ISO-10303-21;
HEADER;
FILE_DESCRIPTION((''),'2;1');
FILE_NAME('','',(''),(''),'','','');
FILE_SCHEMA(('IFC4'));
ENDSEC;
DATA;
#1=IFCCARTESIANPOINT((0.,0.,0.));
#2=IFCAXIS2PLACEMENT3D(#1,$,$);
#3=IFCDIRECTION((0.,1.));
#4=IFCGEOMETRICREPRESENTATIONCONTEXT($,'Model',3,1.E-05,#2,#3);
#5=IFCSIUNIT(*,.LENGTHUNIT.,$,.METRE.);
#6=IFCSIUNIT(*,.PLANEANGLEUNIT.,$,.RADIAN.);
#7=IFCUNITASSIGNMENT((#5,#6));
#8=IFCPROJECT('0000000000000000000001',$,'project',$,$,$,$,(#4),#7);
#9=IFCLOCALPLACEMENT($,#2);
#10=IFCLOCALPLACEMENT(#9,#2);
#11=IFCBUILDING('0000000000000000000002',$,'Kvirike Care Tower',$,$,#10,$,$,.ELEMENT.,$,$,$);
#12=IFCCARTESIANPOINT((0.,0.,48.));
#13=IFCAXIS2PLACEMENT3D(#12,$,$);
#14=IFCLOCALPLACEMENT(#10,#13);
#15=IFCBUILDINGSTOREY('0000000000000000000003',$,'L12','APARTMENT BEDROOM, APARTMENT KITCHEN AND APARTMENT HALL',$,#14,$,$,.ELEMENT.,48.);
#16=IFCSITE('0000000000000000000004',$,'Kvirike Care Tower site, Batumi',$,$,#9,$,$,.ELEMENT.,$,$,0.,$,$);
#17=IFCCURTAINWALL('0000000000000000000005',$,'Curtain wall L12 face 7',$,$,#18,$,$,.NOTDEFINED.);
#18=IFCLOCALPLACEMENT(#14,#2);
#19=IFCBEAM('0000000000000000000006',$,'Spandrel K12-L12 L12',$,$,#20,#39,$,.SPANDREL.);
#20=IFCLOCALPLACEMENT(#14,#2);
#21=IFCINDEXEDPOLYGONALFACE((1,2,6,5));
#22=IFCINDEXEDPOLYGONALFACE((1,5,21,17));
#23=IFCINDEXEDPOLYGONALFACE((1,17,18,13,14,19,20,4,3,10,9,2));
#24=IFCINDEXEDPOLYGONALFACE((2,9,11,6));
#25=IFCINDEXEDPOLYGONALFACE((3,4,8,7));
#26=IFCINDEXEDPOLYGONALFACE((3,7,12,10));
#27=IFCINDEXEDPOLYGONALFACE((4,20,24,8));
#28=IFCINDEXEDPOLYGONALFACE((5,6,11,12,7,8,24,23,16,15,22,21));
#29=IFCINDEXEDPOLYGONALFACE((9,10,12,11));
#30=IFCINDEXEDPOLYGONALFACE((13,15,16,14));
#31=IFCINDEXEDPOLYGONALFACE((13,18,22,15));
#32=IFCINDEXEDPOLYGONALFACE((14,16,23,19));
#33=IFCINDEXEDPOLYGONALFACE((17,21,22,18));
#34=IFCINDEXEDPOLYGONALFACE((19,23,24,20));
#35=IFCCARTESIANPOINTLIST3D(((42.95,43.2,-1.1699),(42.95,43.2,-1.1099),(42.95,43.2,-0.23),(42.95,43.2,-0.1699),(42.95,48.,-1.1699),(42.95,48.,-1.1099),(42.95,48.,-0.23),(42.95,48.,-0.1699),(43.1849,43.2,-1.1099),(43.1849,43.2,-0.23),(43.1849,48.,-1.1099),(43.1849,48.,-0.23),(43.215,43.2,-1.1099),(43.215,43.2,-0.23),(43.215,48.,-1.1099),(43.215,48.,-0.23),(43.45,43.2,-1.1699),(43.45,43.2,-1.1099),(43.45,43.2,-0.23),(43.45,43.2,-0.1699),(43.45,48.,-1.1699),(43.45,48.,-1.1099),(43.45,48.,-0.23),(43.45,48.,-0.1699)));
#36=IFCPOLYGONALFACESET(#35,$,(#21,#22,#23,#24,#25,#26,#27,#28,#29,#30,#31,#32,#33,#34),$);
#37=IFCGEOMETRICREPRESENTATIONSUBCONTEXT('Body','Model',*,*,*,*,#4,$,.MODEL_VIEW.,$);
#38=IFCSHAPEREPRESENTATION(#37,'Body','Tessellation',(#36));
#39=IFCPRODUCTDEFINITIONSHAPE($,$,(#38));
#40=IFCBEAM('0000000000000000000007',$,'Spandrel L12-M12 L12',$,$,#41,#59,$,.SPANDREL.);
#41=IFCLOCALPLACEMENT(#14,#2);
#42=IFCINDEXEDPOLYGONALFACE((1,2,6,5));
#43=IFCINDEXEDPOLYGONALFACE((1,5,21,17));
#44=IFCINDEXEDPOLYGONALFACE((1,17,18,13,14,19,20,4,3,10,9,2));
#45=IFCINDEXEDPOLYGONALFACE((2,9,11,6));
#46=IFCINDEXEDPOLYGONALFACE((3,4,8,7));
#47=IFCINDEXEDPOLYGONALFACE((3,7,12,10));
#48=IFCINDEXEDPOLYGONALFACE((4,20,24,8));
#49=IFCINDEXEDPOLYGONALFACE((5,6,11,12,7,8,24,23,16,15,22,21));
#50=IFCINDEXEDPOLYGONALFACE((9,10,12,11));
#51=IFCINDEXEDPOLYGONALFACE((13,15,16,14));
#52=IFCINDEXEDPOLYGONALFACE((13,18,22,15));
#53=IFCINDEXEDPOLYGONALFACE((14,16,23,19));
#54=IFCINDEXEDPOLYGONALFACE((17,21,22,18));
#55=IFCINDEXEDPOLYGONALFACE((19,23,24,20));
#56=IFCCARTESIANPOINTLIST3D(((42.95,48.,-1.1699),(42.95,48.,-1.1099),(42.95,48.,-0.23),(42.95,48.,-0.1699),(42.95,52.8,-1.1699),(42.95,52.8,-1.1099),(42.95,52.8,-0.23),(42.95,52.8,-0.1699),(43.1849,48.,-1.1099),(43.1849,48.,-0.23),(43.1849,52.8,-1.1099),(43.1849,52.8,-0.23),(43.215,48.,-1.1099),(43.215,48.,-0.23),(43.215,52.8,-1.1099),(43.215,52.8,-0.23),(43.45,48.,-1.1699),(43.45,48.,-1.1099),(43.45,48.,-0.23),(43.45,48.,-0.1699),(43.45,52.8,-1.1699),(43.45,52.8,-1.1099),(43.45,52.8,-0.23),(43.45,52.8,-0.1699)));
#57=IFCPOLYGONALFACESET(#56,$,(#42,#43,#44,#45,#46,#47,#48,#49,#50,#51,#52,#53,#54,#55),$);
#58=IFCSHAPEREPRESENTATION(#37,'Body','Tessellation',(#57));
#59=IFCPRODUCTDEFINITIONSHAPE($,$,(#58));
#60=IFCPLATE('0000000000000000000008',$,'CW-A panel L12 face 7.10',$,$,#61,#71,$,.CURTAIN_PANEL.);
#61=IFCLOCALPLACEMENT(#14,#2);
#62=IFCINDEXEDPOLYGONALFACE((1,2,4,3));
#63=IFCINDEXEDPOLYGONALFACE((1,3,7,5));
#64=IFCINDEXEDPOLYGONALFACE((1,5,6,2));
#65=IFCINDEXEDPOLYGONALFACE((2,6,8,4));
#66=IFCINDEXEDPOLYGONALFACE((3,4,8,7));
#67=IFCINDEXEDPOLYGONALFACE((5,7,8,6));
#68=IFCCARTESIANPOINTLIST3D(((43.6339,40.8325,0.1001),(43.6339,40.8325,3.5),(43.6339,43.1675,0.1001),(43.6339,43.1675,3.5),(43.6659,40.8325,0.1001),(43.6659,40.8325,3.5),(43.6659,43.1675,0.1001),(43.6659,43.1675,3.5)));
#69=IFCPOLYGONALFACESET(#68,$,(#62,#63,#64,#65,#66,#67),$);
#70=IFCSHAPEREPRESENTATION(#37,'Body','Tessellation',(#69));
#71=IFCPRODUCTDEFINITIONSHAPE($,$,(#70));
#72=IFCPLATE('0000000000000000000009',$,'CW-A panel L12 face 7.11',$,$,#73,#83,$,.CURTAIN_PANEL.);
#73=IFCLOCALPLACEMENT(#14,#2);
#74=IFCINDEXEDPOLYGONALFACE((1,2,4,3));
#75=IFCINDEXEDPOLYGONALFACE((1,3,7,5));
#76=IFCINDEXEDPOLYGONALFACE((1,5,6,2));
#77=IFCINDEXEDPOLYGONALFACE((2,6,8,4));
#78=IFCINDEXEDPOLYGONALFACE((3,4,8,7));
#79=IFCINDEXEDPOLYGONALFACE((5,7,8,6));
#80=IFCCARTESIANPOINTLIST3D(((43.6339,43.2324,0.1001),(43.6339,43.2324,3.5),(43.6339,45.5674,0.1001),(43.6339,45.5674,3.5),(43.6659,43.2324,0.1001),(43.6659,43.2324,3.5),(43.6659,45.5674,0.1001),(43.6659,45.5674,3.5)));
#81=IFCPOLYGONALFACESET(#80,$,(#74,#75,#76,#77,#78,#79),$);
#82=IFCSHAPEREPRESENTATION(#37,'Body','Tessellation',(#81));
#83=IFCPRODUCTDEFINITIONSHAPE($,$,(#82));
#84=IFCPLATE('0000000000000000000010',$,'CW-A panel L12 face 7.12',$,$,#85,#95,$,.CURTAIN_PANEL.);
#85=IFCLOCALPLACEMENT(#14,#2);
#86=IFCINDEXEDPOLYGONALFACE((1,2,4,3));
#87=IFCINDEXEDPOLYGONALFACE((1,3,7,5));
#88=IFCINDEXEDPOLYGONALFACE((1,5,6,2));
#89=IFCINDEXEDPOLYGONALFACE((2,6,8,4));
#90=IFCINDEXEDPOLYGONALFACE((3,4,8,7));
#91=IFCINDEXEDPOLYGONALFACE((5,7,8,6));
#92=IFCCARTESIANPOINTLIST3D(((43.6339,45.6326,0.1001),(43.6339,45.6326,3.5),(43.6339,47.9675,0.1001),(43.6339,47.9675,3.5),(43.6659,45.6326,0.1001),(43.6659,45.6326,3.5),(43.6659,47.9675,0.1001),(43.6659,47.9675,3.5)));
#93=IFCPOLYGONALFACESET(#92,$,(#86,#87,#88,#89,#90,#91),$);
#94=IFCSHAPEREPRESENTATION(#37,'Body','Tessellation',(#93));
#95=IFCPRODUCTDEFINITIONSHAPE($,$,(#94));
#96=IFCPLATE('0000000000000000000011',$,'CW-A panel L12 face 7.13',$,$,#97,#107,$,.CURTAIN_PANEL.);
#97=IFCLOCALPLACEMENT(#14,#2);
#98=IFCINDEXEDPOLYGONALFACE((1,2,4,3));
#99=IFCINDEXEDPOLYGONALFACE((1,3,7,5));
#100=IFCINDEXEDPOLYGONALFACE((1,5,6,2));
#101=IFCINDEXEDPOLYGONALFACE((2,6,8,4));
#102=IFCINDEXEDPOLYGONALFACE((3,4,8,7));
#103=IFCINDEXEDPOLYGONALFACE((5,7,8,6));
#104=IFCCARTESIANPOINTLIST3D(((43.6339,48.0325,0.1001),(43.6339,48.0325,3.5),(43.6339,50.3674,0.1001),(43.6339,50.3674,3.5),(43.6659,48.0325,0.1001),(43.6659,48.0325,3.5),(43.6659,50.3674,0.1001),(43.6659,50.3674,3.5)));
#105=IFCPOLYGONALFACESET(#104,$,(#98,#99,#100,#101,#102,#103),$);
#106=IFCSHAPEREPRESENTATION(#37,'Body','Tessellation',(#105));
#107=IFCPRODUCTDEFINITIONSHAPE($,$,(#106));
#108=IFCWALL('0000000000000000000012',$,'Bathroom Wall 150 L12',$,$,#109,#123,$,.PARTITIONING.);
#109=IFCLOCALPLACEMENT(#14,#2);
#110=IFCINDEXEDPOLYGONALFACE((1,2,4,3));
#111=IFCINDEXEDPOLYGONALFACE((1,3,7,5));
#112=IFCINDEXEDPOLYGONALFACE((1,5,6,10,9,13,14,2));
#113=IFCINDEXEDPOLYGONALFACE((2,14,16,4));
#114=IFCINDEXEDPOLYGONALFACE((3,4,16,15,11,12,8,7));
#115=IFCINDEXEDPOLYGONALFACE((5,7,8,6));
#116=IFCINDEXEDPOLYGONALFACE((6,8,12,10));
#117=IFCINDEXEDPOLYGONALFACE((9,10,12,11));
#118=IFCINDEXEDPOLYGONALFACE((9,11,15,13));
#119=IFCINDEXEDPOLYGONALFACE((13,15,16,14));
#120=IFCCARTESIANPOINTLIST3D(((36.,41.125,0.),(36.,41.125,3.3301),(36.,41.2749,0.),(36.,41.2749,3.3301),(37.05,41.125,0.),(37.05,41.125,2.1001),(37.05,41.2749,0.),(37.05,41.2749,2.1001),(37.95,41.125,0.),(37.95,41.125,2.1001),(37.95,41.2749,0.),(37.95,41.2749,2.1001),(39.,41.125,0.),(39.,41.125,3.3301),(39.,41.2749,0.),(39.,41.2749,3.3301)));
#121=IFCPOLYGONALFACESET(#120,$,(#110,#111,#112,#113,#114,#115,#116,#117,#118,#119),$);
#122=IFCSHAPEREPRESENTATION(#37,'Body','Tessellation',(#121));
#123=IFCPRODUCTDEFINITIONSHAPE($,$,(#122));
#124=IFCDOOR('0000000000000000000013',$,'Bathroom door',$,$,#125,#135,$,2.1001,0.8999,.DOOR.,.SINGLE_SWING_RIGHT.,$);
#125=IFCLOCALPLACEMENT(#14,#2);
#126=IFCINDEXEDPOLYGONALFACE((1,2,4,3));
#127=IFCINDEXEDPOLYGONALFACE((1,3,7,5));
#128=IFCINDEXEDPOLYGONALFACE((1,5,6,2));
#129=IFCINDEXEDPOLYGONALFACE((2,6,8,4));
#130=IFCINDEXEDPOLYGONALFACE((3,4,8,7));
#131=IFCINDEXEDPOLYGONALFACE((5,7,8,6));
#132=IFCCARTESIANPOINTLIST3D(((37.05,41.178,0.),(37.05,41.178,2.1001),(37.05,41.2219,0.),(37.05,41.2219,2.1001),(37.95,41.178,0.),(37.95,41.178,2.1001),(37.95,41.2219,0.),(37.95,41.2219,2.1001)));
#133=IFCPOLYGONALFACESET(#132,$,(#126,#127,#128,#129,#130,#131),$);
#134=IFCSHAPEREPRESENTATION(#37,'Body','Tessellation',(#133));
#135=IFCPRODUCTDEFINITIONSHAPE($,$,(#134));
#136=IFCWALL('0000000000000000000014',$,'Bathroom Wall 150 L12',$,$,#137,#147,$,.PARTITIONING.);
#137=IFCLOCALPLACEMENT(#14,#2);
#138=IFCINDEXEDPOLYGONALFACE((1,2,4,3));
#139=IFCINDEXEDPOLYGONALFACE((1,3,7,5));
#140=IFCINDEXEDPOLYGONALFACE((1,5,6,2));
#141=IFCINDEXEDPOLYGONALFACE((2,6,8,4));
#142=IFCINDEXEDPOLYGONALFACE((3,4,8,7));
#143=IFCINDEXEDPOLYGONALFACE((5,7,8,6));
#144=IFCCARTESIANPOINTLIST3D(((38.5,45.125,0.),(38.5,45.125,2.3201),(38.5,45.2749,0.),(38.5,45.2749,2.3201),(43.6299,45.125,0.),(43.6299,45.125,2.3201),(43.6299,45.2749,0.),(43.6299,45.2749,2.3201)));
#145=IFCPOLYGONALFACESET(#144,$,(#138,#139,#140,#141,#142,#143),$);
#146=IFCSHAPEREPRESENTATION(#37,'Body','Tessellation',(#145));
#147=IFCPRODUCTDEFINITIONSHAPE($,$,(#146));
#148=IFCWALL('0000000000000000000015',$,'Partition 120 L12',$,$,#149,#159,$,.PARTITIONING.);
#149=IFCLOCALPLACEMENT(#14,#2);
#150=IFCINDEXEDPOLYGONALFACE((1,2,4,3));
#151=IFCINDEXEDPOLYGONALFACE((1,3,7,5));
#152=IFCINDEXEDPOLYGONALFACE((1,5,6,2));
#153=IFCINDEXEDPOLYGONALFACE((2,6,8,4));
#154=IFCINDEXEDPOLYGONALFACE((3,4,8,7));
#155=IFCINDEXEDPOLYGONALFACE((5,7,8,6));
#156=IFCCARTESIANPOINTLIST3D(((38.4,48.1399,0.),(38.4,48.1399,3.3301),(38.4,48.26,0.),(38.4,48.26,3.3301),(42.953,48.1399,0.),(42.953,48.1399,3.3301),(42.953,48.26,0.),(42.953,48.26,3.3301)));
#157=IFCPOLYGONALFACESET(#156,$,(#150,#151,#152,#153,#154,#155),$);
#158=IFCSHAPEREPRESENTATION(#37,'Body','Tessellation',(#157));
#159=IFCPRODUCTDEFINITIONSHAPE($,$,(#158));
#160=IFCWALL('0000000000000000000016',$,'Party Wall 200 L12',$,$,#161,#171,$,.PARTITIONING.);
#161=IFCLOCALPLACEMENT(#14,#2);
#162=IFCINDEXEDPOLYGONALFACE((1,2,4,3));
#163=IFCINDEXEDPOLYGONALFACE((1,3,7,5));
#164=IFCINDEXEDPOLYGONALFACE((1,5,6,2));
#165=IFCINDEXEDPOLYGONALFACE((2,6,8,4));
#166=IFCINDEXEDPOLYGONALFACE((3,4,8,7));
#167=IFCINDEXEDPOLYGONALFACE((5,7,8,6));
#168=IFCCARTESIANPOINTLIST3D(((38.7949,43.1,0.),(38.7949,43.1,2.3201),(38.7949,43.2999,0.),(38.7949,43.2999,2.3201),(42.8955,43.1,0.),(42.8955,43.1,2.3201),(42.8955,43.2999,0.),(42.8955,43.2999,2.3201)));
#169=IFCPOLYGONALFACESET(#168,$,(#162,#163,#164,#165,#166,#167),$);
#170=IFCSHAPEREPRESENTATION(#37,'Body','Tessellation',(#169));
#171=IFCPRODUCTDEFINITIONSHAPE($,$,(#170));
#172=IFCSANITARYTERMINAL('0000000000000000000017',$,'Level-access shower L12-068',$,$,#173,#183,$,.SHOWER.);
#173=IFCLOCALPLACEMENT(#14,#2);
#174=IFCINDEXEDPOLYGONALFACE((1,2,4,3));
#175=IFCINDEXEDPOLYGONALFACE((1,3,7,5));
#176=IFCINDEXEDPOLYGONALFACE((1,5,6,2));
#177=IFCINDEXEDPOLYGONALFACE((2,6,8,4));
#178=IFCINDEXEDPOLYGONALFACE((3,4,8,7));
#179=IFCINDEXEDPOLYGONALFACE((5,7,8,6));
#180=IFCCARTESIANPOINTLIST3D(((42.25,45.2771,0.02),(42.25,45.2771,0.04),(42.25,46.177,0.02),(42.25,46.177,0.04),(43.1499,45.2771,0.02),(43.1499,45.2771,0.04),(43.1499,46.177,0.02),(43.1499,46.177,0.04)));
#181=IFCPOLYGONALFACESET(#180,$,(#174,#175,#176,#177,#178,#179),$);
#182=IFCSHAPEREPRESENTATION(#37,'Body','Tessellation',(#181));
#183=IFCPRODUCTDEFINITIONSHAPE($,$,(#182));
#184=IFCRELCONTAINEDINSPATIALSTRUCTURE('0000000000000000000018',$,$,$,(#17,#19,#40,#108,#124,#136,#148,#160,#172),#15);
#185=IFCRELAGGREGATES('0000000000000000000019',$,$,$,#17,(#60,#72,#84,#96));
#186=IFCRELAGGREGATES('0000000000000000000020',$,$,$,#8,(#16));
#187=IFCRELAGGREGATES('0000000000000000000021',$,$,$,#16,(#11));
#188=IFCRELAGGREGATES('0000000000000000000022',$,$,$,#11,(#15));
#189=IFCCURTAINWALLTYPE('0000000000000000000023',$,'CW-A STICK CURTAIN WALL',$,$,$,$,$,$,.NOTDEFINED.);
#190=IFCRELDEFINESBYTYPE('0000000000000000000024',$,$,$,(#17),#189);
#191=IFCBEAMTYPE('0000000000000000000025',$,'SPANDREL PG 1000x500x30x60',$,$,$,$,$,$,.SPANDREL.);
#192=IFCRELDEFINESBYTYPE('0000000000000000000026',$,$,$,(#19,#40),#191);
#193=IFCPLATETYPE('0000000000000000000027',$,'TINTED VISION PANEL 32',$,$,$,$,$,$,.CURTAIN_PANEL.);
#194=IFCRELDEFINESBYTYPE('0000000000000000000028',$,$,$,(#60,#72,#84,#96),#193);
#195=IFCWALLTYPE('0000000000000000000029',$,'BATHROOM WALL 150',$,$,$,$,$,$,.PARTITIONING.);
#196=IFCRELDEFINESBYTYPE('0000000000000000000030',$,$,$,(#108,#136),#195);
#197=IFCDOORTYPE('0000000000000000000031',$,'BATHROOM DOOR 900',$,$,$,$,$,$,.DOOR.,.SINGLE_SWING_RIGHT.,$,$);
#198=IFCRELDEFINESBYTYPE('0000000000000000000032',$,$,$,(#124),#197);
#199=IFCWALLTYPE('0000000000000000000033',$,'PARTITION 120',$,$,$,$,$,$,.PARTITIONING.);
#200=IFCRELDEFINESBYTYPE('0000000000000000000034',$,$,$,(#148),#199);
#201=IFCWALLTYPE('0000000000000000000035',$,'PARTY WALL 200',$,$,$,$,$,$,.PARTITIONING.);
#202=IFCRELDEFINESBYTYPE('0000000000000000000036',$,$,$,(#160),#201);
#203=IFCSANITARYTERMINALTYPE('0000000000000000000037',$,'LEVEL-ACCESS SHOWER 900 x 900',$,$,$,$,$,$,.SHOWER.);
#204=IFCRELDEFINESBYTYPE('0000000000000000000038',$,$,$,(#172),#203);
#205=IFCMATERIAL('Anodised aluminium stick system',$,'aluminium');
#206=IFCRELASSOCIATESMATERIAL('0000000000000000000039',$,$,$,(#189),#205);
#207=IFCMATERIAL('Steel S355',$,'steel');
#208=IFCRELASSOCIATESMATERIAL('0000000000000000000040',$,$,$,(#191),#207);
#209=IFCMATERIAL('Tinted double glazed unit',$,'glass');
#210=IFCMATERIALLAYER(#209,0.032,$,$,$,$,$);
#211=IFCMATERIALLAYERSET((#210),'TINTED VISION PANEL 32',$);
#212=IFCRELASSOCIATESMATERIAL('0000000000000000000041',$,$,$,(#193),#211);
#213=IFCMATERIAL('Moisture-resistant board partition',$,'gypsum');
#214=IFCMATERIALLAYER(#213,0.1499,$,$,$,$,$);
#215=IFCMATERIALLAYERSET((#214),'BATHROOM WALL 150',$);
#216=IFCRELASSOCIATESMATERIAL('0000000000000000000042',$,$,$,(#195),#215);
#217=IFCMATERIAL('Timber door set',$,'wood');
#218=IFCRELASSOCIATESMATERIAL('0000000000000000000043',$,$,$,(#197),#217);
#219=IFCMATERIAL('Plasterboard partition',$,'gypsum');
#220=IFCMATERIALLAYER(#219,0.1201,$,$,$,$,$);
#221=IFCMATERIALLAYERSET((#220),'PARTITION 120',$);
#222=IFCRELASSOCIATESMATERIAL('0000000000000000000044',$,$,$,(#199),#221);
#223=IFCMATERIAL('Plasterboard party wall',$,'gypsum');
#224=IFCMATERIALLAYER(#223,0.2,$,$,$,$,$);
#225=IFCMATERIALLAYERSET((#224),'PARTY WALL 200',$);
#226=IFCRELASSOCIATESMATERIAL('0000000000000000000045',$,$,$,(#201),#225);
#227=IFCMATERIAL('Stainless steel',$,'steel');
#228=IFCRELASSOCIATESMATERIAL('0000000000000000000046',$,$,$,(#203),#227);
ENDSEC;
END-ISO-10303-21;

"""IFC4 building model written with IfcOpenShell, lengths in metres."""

from ifc_helpers import new_model, si_unit, direction, frame, frame_2d, origin, origin_2d, place, context, subcontext, project, spatial, rectangle, i_section, extrude, material, layer, layer_set, material_profile, profile_set, type_object, element, fill, aggregate, save


model = new_model("IFC4")

# Units and contexts
model_context = context("Model", 3, precision=1e-05, world=origin(), true_north=direction((0.0, 1.0)))
body_context = subcontext(model_context, "Body", "Model", "MODEL_VIEW")
ifc_project = project(units=[si_unit("LENGTHUNIT", "METRE"), si_unit("PLANEANGLEUNIT", "RADIAN")], contexts=[model_context])

# Site, building, storey
site_placement = place(None, origin())
site = spatial("IfcSite", under=ifc_project, at=site_placement, Name="Kvirike Care Tower site, Batumi", CompositionType="ELEMENT", RefElevation=0.0)
building_placement = place(site_placement, origin())
building = spatial("IfcBuilding", under=site, at=building_placement, Name="Kvirike Care Tower", CompositionType="ELEMENT")
storey_placement = place(building_placement, frame((0.0, 0.0, 48.0)))
storey = spatial("IfcBuildingStorey", under=building, at=storey_placement, Name="L12", Description="APARTMENT BEDROOM, APARTMENT KITCHEN AND APARTMENT HALL", CompositionType="ELEMENT", Elevation=48.0)

# Curtain wall
ifc_material_1 = material(Name="Anodised aluminium stick system", Category="aluminium")
curtain_wall_type = type_object("IfcCurtainWallType", Name="CW-A STICK CURTAIN WALL", PredefinedType="NOTDEFINED", material=ifc_material_1)
curtain_wall_placement = place(storey_placement, origin())
curtain_wall = element("IfcCurtainWall", 1, at=curtain_wall_placement, inside=storey, type_object=curtain_wall_type, Name="Curtain wall L12 face 7", PredefinedType="NOTDEFINED")

# Beams
ifc_material_2 = material(Name="Steel S355", Category="steel")
ifc_material_profile_1 = material_profile(ifc_material_2, i_section(OverallWidth=0.5, OverallDepth=1.0, WebThickness=0.03, FlangeThickness=0.0601, at=origin_2d()), Name="PG 1000x500x30x60")
ifc_profile_set_1 = profile_set([ifc_material_profile_1], Name="Steel S355")
beam_type = type_object("IfcBeamType", Name="SPANDREL PG 1000x500x30x60", PredefinedType="SPANDREL", material=ifc_profile_set_1)
for number, where, z_axis, x_axis, name in (
    (2, (43.2, 43.2, -0.6699), (0.0, 1.0, 0.0), (-1.0, 0.0, 0.0), "Spandrel K12-L12 L12"),
    (3, (43.2, 48.0, -0.6699), (0.0, 1.0, 0.0), (-1.0, 0.0, 0.0), "Spandrel L12-M12 L12"),
):
    element("IfcBeam", number, at=place(storey_placement, frame(where, z_axis=z_axis, x_axis=x_axis)), inside=storey, type_object=beam_type, Name=name, PredefinedType="SPANDREL", context=body_context, shape_type="SweptSolid", body=[
        extrude(i_section(OverallWidth=0.5, OverallDepth=1.0, WebThickness=0.03, FlangeThickness=0.0601, at=origin_2d()), origin(), (0.0, 0.0, 1.0), 4.8),
    ])

# Plates
ifc_material_3 = material(Name="Tinted double glazed unit", Category="glass")
ifc_layer_1 = layer(ifc_material_3, 0.032)
ifc_layer_set_1 = layer_set([ifc_layer_1], Name="TINTED VISION PANEL 32")
plate_type = type_object("IfcPlateType", Name="TINTED VISION PANEL 32", PredefinedType="CURTAIN_PANEL", material=ifc_layer_set_1)
plate_1_placement = place(storey_placement, frame((43.6499, 42.0, 0.1001), z_axis=(0.0, 0.0, 1.0), x_axis=(0.0, 1.0, 0.0)))
plate_1 = element("IfcPlate", 4, at=plate_1_placement, type_object=plate_type, Name="CW-A panel L12 face 7.10", PredefinedType="CURTAIN_PANEL", context=body_context, shape_type="SweptSolid", body=[
    extrude(rectangle(XDim=2.335, YDim=0.032, at=origin_2d()), origin(), (0.0, 0.0, 1.0), 3.3999),
])
plate_2_placement = place(storey_placement, frame((43.6499, 44.3999, 0.1001), z_axis=(0.0, 0.0, 1.0), x_axis=(0.0, 1.0, 0.0)))
plate_2 = element("IfcPlate", 5, at=plate_2_placement, type_object=plate_type, Name="CW-A panel L12 face 7.11", PredefinedType="CURTAIN_PANEL", context=body_context, shape_type="SweptSolid", body=[
    extrude(rectangle(XDim=2.335, YDim=0.032, at=origin_2d()), origin(), (0.0, 0.0, 1.0), 3.3999),
])
plate_3_placement = place(storey_placement, frame((43.6499, 46.8, 0.1001), z_axis=(0.0, 0.0, 1.0), x_axis=(0.0, 1.0, 0.0)))
plate_3 = element("IfcPlate", 6, at=plate_3_placement, type_object=plate_type, Name="CW-A panel L12 face 7.12", PredefinedType="CURTAIN_PANEL", context=body_context, shape_type="SweptSolid", body=[
    extrude(rectangle(XDim=2.335, YDim=0.032, at=origin_2d()), origin(), (0.0, 0.0, 1.0), 3.3999),
])
plate_4_placement = place(storey_placement, frame((43.6499, 49.2, 0.1001), z_axis=(0.0, 0.0, 1.0), x_axis=(0.0, 1.0, 0.0)))
plate_4 = element("IfcPlate", 7, at=plate_4_placement, type_object=plate_type, Name="CW-A panel L12 face 7.13", PredefinedType="CURTAIN_PANEL", context=body_context, shape_type="SweptSolid", body=[
    extrude(rectangle(XDim=2.335, YDim=0.032, at=origin_2d()), origin(), (0.0, 0.0, 1.0), 3.3999),
])
aggregate(curtain_wall, [plate_1, plate_2, plate_3, plate_4])

# Wall, opening, door
ifc_material_4 = material(Name="Moisture-resistant board partition", Category="gypsum")
ifc_layer_2 = layer(ifc_material_4, 0.1499)
ifc_layer_set_2 = layer_set([ifc_layer_2], Name="BATHROOM WALL 150")
wall_type_1 = type_object("IfcWallType", Name="BATHROOM WALL 150", PredefinedType="PARTITIONING", material=ifc_layer_set_2)
wall_1_placement = place(storey_placement, frame((39.0, 41.2, 0.0), z_axis=(0.0, 0.0, 1.0), x_axis=(-1.0, 0.0, 0.0)))
wall_1 = element("IfcWall", 8, at=wall_1_placement, inside=storey, type_object=wall_type_1, Name="Bathroom Wall 150 L12", PredefinedType="PARTITIONING", context=body_context, shape_type="SweptSolid", body=[
    extrude(rectangle(XDim=3.0, YDim=0.1499, at=frame_2d((1.5, 0.0))), origin(), (0.0, 0.0, 1.0), 3.3301),
])
opening_placement = place(wall_1_placement, frame((1.05, 0.0, 0.0)))
opening = element("IfcOpeningElement", 9, at=opening_placement, cuts=wall_1, PredefinedType="OPENING", context=body_context, shape_type="SweptSolid", body=[
    extrude(rectangle(XDim=0.8999, YDim=2.1001, at=frame_2d((0.45, 1.05))), frame((0.0, 0.0854, 0.0), z_axis=(0.0, -1.0, 0.0), x_axis=(1.0, 0.0, 0.0)), (0.0, 0.0, 1.0), 0.1709),
])
ifc_material_5 = material(Name="Timber door set", Category="wood")
door_type = type_object("IfcDoorType", Name="BATHROOM DOOR 900", OperationType="SINGLE_SWING_RIGHT", PredefinedType="DOOR", material=ifc_material_5)
door_placement = place(opening_placement, origin())
door = element("IfcDoor", 10, at=door_placement, inside=storey, type_object=door_type, Name="Bathroom door", OperationType="SINGLE_SWING_RIGHT", OverallHeight=2.1001, OverallWidth=0.8999, PredefinedType="DOOR", context=body_context, shape_type="SweptSolid", body=[
    extrude(rectangle(XDim=0.8999, YDim=2.1001, at=frame_2d((0.45, 1.05))), frame((0.0, 0.022, 0.0), z_axis=(0.0, -1.0, 0.0), x_axis=(1.0, 0.0, 0.0)), (0.0, 0.0, 1.0), 0.0439),
])
fill(opening, door)

# Walls
wall_2_placement = place(storey_placement, frame((43.6299, 45.2, 0.0), z_axis=(0.0, 0.0, 1.0), x_axis=(-1.0, 0.0, 0.0)))
element("IfcWall", 11, at=wall_2_placement, inside=storey, type_object=wall_type_1, Name="Bathroom Wall 150 L12", PredefinedType="PARTITIONING", context=body_context, shape_type="SweptSolid", body=[
    extrude(rectangle(XDim=5.1299, YDim=0.1499, at=frame_2d((2.5649, 0.0))), origin(), (0.0, 0.0, 1.0), 2.3201),
])
ifc_material_6 = material(Name="Plasterboard partition", Category="gypsum")
ifc_layer_3 = layer(ifc_material_6, 0.1201)
ifc_layer_set_3 = layer_set([ifc_layer_3], Name="PARTITION 120")
wall_type_2 = type_object("IfcWallType", Name="PARTITION 120", PredefinedType="PARTITIONING", material=ifc_layer_set_3)
wall_3_placement = place(storey_placement, frame((42.9529, 48.2, 0.0), z_axis=(0.0, 0.0, 1.0), x_axis=(-1.0, 0.0, 0.0)))
element("IfcWall", 12, at=wall_3_placement, inside=storey, type_object=wall_type_2, Name="Partition 120 L12", PredefinedType="PARTITIONING", context=body_context, shape_type="SweptSolid", body=[
    extrude(rectangle(XDim=4.553, YDim=0.1201, at=frame_2d((2.2764, 0.0))), origin(), (0.0, 0.0, 1.0), 3.3301),
])
ifc_material_7 = material(Name="Plasterboard party wall", Category="gypsum")
ifc_layer_4 = layer(ifc_material_7, 0.2)
ifc_layer_set_4 = layer_set([ifc_layer_4], Name="PARTY WALL 200")
wall_type_3 = type_object("IfcWallType", Name="PARTY WALL 200", PredefinedType="PARTITIONING", material=ifc_layer_set_4)
wall_4_placement = place(storey_placement, frame((42.8955, 43.2, 0.0), z_axis=(0.0, 0.0, 1.0), x_axis=(-1.0, 0.0, 0.0)))
element("IfcWall", 13, at=wall_4_placement, inside=storey, type_object=wall_type_3, Name="Party Wall 200 L12", PredefinedType="PARTITIONING", context=body_context, shape_type="SweptSolid", body=[
    extrude(rectangle(XDim=4.1006, YDim=0.2, at=frame_2d((2.0503, 0.0))), origin(), (0.0, 0.0, 1.0), 2.3201),
])

# Sanitary terminal
ifc_material_8 = material(Name="Stainless steel", Category="steel")
sanitary_terminal_type_1 = type_object("IfcSanitaryTerminalType", Name="LEVEL-ACCESS SHOWER 900 x 900", PredefinedType="SHOWER", material=ifc_material_8)
sanitary_terminal_1_placement = place(storey_placement, frame((42.7, 45.7271, 0.02), z_axis=(0.0, 0.0, 1.0), x_axis=(-1.0, 0.0, 0.0)))
element("IfcSanitaryTerminal", 14, at=sanitary_terminal_1_placement, inside=storey, type_object=sanitary_terminal_type_1, Name="Level-access shower L12-068", PredefinedType="SHOWER", context=body_context, shape_type="SweptSolid", body=[
    extrude(rectangle(XDim=0.8999, YDim=0.8999, at=origin_2d()), origin(), (0.0, 0.0, 1.0), 0.02),
])

save(model, "model.ifc")
